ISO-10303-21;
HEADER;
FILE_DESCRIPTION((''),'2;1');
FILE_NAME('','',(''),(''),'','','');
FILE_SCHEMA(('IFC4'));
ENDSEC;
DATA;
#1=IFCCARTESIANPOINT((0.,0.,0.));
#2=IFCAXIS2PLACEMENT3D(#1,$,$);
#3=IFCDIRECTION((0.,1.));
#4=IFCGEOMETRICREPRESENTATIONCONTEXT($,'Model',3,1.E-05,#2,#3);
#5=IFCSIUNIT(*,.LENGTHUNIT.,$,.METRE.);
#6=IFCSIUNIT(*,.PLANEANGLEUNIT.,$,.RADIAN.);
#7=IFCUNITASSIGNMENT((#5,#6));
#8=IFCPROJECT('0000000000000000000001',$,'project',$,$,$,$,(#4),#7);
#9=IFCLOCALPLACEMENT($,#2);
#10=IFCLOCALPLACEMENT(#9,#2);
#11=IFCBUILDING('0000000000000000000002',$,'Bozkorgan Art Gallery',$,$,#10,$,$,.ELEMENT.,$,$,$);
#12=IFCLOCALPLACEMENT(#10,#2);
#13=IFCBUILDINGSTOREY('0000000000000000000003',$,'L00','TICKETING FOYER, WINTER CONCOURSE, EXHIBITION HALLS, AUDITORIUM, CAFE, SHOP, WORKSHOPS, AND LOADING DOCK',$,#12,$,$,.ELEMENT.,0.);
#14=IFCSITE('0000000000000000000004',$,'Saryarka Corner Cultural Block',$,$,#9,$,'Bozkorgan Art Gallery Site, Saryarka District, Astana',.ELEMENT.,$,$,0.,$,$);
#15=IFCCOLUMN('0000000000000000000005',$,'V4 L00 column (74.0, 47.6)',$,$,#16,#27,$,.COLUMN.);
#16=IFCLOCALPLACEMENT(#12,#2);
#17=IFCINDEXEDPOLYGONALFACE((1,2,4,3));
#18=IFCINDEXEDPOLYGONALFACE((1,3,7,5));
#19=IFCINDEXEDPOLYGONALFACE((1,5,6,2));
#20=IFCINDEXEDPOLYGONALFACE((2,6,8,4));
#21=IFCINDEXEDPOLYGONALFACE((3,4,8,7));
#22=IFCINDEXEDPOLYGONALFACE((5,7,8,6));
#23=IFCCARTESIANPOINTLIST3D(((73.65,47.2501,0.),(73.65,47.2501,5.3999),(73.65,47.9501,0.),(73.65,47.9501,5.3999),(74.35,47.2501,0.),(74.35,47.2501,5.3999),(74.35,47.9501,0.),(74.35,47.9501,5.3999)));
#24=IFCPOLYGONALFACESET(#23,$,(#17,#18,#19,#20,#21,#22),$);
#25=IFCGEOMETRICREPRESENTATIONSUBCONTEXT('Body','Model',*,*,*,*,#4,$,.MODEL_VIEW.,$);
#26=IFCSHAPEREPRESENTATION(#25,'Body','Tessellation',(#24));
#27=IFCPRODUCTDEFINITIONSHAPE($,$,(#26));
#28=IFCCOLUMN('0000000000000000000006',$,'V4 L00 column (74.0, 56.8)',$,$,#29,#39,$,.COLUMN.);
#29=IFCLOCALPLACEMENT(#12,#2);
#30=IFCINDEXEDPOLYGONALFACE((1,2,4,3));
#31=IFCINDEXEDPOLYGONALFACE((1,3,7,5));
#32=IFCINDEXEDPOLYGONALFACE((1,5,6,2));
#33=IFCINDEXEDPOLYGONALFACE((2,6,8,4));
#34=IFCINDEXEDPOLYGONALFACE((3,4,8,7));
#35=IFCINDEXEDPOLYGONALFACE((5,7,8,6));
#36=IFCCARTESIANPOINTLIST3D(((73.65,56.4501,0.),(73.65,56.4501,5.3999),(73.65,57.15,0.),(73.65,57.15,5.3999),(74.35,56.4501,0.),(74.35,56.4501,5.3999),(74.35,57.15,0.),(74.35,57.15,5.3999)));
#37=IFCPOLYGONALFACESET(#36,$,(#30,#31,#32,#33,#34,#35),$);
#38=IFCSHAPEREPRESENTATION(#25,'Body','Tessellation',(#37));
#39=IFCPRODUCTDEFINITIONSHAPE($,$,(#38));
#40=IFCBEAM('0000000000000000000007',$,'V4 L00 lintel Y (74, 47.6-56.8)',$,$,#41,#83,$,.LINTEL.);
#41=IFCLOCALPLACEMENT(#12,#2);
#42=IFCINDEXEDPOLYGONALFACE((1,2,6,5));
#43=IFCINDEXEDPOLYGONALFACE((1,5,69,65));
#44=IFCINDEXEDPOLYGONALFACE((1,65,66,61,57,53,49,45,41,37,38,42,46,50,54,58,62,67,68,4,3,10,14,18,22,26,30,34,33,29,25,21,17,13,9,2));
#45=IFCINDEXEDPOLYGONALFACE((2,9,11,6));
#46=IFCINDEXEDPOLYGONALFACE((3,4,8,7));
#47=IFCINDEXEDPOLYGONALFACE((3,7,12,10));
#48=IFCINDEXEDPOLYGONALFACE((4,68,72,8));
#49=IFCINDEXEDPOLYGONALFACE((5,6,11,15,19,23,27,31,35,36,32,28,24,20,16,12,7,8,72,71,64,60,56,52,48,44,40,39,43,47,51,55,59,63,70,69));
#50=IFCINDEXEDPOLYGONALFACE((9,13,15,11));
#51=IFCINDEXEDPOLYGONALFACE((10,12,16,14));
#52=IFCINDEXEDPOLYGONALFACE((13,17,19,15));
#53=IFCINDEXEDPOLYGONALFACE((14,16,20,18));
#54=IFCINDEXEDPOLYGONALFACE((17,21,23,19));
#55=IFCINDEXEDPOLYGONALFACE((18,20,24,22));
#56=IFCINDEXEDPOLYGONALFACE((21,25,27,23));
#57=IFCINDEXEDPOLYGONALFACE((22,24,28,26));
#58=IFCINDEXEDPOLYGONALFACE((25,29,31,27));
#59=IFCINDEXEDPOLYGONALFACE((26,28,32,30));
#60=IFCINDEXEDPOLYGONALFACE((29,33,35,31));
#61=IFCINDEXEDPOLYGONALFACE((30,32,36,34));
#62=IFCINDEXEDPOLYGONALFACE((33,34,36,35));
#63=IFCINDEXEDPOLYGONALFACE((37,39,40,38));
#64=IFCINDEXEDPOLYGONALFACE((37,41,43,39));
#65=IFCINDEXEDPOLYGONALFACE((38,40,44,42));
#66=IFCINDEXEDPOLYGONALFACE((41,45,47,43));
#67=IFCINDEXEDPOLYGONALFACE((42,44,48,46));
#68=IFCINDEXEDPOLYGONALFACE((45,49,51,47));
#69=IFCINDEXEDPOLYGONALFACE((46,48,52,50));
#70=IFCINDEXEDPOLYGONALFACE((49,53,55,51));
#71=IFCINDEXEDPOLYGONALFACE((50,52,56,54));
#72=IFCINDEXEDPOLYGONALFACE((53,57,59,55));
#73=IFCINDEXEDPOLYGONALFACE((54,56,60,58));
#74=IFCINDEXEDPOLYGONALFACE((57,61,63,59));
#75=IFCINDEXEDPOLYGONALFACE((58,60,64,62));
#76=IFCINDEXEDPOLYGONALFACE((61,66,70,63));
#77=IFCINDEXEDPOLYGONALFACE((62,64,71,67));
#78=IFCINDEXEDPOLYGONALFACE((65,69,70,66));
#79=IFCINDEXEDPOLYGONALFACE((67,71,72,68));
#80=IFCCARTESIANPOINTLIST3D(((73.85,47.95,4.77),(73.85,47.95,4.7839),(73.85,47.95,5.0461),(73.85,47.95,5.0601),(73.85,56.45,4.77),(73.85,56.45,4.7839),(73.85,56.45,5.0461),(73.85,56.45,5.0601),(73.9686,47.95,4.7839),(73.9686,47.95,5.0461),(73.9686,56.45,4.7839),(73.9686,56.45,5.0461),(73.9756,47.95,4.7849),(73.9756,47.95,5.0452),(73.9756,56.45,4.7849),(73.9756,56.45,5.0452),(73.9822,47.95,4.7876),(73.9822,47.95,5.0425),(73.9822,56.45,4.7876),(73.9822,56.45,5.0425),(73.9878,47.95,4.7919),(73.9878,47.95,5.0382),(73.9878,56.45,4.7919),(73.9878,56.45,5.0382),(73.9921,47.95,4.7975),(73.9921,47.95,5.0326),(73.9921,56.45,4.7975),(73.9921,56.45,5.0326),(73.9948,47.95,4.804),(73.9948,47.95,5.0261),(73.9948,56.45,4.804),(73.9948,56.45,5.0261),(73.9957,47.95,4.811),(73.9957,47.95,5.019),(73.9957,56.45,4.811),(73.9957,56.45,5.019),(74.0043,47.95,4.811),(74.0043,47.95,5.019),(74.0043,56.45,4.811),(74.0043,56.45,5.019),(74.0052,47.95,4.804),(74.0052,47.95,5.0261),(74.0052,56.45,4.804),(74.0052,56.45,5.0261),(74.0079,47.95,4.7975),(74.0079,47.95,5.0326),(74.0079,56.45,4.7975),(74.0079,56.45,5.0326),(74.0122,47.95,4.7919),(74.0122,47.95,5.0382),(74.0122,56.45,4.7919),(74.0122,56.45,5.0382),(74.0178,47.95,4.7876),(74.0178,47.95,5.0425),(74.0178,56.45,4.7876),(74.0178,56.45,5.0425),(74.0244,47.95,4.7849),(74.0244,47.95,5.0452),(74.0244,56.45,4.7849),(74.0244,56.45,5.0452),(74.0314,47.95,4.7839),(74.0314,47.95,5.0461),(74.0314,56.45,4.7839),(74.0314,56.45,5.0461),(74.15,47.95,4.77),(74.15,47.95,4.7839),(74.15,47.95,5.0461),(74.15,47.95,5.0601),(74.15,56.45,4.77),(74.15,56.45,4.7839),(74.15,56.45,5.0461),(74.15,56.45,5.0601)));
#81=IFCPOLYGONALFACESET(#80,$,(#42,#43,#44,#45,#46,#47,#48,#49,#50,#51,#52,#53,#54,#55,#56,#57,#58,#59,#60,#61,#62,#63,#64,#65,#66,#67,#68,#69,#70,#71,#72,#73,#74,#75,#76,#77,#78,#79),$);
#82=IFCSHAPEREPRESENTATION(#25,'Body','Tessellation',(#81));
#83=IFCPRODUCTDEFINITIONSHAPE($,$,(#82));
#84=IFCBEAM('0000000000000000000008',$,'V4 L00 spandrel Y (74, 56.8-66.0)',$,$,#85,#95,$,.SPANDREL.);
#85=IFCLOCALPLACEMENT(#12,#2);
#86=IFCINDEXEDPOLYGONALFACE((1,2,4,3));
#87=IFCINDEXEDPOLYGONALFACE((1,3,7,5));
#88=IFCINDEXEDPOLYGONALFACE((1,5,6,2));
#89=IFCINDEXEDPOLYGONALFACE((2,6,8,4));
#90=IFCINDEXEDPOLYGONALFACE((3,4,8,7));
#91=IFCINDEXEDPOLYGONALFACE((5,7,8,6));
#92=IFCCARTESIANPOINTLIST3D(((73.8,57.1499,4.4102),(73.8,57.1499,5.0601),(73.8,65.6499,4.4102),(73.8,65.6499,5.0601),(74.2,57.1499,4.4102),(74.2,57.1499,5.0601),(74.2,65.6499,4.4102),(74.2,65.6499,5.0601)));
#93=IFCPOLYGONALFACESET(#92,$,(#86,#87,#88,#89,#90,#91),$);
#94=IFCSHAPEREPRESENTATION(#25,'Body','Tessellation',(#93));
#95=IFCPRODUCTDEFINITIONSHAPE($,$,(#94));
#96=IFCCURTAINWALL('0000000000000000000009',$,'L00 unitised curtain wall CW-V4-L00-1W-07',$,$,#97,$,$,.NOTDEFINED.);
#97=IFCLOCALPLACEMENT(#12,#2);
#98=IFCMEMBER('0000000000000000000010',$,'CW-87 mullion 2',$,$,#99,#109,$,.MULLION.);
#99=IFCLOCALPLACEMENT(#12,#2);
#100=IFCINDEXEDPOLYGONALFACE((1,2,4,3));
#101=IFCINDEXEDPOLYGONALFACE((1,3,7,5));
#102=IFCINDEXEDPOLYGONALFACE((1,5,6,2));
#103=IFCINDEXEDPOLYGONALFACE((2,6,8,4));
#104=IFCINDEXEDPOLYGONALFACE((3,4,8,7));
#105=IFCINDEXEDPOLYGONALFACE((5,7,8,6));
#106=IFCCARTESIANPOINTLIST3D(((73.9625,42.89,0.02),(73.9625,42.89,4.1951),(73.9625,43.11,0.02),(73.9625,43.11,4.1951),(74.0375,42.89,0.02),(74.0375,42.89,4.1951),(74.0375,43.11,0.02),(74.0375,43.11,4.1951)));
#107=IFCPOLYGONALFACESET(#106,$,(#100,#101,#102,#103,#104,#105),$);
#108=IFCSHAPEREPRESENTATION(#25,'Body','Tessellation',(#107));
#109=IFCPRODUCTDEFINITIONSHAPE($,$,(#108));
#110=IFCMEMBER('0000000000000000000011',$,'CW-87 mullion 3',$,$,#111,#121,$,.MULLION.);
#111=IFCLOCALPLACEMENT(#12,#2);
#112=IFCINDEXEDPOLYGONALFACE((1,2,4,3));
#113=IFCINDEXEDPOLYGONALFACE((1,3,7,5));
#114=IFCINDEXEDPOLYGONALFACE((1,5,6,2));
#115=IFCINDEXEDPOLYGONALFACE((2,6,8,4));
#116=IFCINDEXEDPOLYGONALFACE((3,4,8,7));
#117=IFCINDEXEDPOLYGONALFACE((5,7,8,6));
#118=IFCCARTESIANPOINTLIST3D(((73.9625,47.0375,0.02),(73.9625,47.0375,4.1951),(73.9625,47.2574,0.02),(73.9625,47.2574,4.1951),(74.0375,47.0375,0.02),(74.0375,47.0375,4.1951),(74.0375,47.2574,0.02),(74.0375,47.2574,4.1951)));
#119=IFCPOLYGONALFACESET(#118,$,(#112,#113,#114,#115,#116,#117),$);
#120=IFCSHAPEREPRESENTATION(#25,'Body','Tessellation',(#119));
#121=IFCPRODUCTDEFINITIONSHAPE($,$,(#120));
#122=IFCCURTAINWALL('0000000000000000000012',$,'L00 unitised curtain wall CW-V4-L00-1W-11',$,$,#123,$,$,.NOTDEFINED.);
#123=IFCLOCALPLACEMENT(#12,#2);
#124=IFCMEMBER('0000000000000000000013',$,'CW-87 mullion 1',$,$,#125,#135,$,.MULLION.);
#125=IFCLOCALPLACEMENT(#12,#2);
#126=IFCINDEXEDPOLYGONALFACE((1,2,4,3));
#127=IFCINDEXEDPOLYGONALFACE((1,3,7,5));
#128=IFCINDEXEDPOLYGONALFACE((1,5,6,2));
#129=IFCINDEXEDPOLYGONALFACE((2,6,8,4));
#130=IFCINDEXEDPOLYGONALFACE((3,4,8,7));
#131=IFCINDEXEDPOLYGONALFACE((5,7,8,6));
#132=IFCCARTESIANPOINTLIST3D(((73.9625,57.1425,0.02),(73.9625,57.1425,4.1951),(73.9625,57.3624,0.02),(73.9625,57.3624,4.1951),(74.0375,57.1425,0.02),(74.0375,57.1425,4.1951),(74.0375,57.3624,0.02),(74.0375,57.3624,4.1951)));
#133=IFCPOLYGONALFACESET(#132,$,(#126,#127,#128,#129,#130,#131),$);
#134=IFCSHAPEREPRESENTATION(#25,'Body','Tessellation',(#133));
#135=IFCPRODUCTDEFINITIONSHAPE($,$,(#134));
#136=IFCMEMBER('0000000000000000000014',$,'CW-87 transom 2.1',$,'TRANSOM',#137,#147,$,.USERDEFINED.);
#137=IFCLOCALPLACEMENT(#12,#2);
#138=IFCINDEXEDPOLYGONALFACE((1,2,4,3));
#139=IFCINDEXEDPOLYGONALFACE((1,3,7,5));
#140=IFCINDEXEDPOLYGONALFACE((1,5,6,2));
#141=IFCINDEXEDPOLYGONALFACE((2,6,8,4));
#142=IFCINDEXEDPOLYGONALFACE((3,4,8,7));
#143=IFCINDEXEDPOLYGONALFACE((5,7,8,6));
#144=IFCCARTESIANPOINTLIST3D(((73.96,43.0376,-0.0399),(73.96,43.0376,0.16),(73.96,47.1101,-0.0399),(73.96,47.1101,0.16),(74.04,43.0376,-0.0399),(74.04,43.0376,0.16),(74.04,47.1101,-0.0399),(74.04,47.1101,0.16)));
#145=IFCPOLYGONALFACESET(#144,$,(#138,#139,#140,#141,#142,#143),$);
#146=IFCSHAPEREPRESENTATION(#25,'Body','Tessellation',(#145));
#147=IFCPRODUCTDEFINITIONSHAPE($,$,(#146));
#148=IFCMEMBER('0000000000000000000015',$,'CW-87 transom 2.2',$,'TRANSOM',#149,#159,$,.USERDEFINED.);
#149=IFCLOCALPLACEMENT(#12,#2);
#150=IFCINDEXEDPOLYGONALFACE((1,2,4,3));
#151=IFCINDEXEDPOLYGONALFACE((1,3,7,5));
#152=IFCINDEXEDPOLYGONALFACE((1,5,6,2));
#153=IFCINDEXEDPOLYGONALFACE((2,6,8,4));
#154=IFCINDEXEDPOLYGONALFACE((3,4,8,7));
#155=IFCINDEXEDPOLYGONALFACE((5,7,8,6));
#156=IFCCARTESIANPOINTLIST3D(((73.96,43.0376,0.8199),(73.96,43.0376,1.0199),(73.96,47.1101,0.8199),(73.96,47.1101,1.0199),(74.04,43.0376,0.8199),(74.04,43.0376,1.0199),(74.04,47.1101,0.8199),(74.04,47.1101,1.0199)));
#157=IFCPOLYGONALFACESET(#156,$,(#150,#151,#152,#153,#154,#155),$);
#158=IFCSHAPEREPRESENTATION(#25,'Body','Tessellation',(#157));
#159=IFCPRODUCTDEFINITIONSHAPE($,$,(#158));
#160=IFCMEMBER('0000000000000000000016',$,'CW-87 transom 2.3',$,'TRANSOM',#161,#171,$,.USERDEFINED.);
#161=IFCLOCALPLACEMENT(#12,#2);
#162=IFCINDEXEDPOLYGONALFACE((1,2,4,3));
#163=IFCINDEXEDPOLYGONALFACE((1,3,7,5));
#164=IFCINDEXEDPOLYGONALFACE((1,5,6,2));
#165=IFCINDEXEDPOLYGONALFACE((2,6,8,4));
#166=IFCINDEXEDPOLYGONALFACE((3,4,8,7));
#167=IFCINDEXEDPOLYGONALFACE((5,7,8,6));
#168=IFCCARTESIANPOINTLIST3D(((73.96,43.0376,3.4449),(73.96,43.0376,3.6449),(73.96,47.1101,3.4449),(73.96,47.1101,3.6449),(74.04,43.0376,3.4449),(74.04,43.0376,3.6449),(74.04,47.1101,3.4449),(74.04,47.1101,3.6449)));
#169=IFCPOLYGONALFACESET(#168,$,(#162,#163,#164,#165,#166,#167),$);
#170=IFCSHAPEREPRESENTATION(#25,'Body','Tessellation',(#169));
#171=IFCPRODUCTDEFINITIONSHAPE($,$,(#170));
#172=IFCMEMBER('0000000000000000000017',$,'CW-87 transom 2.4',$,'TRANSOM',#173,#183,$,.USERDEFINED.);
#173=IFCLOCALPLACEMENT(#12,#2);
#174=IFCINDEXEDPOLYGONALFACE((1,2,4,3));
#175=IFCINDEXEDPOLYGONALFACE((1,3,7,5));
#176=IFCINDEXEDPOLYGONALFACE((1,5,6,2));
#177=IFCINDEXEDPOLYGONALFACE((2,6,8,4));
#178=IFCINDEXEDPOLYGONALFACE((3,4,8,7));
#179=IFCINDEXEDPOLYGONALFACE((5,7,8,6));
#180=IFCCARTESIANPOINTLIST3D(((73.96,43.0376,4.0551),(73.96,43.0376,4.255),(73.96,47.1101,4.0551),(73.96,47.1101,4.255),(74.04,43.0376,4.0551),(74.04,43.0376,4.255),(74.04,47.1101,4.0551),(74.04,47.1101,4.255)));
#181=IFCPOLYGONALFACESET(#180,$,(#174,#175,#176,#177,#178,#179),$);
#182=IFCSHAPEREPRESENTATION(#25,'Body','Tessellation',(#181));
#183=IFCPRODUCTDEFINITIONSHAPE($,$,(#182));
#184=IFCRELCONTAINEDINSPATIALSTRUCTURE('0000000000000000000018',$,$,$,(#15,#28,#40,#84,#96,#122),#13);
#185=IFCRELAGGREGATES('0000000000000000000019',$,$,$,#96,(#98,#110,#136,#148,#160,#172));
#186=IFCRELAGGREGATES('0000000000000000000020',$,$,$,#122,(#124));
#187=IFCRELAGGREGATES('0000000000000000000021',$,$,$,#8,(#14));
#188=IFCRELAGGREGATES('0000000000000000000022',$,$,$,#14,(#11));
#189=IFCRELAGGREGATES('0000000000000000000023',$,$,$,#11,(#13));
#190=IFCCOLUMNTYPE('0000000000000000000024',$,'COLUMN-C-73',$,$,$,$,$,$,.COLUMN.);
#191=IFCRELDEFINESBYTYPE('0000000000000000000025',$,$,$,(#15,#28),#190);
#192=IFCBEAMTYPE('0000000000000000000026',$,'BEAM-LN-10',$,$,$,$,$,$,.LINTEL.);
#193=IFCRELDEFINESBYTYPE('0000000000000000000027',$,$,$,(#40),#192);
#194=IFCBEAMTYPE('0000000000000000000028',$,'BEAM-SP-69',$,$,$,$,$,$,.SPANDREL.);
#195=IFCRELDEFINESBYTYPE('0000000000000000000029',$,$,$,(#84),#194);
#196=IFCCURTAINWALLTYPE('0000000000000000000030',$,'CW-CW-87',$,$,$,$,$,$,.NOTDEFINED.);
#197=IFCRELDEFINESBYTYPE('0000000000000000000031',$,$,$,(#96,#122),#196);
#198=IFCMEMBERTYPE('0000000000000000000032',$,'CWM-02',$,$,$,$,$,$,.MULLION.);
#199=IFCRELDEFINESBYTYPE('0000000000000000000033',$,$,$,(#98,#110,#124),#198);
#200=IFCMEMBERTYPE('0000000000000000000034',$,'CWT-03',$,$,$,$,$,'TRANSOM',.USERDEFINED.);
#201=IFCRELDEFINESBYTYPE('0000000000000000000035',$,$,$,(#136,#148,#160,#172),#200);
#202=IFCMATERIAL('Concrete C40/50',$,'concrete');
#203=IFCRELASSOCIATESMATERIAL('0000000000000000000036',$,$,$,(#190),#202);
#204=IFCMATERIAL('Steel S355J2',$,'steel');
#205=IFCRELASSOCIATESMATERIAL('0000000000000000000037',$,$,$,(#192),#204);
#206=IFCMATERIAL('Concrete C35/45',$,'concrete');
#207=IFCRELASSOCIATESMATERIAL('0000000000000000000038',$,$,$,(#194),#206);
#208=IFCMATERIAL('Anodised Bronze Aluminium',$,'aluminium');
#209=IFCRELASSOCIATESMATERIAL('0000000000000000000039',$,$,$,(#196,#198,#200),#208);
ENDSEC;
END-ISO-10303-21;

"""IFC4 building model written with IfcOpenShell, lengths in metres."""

from ifc_helpers import new_model, si_unit, direction, frame, origin, origin_2d, place, context, subcontext, project, spatial, rectangle, i_section, extrude, material, material_profile, profile_set, type_object, element, aggregate, save


model = new_model("IFC4")

# Units and contexts
model_context = context("Model", 3, precision=1e-05, world=origin(), true_north=direction((0.0, 1.0)))
body_context = subcontext(model_context, "Body", "Model", "MODEL_VIEW")
ifc_project = project(units=[si_unit("LENGTHUNIT", "METRE"), si_unit("PLANEANGLEUNIT", "RADIAN")], contexts=[model_context])

# Site, building, storey
site_placement = place(None, origin())
site = spatial("IfcSite", under=ifc_project, at=site_placement, Name="Saryarka Corner Cultural Block", LongName="Bozkorgan Art Gallery Site, Saryarka District, Astana", CompositionType="ELEMENT", RefElevation=0.0)
building_placement = place(site_placement, origin())
building = spatial("IfcBuilding", under=site, at=building_placement, Name="Bozkorgan Art Gallery", CompositionType="ELEMENT")
storey_placement = place(building_placement, origin())
storey = spatial("IfcBuildingStorey", under=building, at=storey_placement, Name="L00", Description="TICKETING FOYER, WINTER CONCOURSE, EXHIBITION HALLS, AUDITORIUM, CAFE, SHOP, WORKSHOPS, AND LOADING DOCK", CompositionType="ELEMENT", Elevation=0.0)

# Columns
ifc_material_1 = material(Name="Concrete C40/50", Category="concrete")
ifc_material_profile_1 = material_profile(ifc_material_1, rectangle(XDim=0.7, YDim=0.7, at=origin_2d()), Name="RC 700x700")
ifc_profile_set_1 = profile_set([ifc_material_profile_1], Name="Concrete C40/50")
column_type = type_object("IfcColumnType", Name="COLUMN-C-73", PredefinedType="COLUMN", material=ifc_profile_set_1)
for number, where, z_axis, x_axis, name in (
    (1, (74.0, 47.6001, 0.0), (0.0, 0.0, 1.0), (1.0, 0.0, 0.0), "V4 L00 column (74.0, 47.6)"),
    (2, (74.0, 56.8, 0.0), (0.0, 0.0, 1.0), (1.0, 0.0, 0.0), "V4 L00 column (74.0, 56.8)"),
):
    element("IfcColumn", number, at=place(storey_placement, frame(where, z_axis=z_axis, x_axis=x_axis)), inside=storey, type_object=column_type, Name=name, PredefinedType="COLUMN", context=body_context, shape_type="SweptSolid", body=[
        extrude(rectangle(XDim=0.7, YDim=0.7, at=origin_2d()), origin(), (0.0, 0.0, 1.0), 5.3999),
    ])

# Beams
ifc_material_2 = material(Name="Steel S355J2", Category="steel")
ifc_material_profile_2 = material_profile(ifc_material_2, i_section(OverallWidth=0.3, OverallDepth=0.29, WebThickness=0.0085, FlangeThickness=0.0139, FilletRadius=0.0271, at=origin_2d()), Name="HEA 300")
ifc_profile_set_2 = profile_set([ifc_material_profile_2], Name="Steel S355J2")
beam_type_1 = type_object("IfcBeamType", Name="BEAM-LN-10", PredefinedType="LINTEL", material=ifc_profile_set_2)
beam_1_placement = place(storey_placement, frame((74.0, 47.95, 4.915), z_axis=(0.0, 1.0, 0.0), x_axis=(-1.0, 0.0, 0.0)))
element("IfcBeam", 3, at=beam_1_placement, inside=storey, type_object=beam_type_1, Name="V4 L00 lintel Y (74, 47.6-56.8)", PredefinedType="LINTEL", context=body_context, shape_type="SweptSolid", body=[
    extrude(i_section(OverallWidth=0.3, OverallDepth=0.29, WebThickness=0.0085, FlangeThickness=0.0139, FilletRadius=0.0271, at=origin_2d()), origin(), (0.0, 0.0, 1.0), 8.5),
])
ifc_material_3 = material(Name="Concrete C35/45", Category="concrete")
ifc_material_profile_3 = material_profile(ifc_material_3, rectangle(XDim=0.3999, YDim=0.6499, at=origin_2d()), Name="RC 400x650")
ifc_profile_set_3 = profile_set([ifc_material_profile_3], Name="Concrete C35/45")
beam_type_2 = type_object("IfcBeamType", Name="BEAM-SP-69", PredefinedType="SPANDREL", material=ifc_profile_set_3)
beam_2_placement = place(storey_placement, frame((74.0, 57.1499, 4.7351), z_axis=(0.0, 1.0, 0.0), x_axis=(-1.0, 0.0, 0.0)))
element("IfcBeam", 4, at=beam_2_placement, inside=storey, type_object=beam_type_2, Name="V4 L00 spandrel Y (74, 56.8-66.0)", PredefinedType="SPANDREL", context=body_context, shape_type="SweptSolid", body=[
    extrude(rectangle(XDim=0.3999, YDim=0.6499, at=origin_2d()), origin(), (0.0, 0.0, 1.0), 8.5),
])

# Curtain wall, members
ifc_material_4 = material(Name="Anodised Bronze Aluminium", Category="aluminium")
curtain_wall_type = type_object("IfcCurtainWallType", Name="CW-CW-87", PredefinedType="NOTDEFINED", material=ifc_material_4)
curtain_wall_1_placement = place(storey_placement, origin())
curtain_wall_1 = element("IfcCurtainWall", 5, at=curtain_wall_1_placement, inside=storey, type_object=curtain_wall_type, Name="L00 unitised curtain wall CW-V4-L00-1W-07", PredefinedType="NOTDEFINED")
ifc_material_profile_4 = material_profile(ifc_material_4, rectangle(XDim=0.075, YDim=0.22, at=origin_2d()), Name="ALU MULLION 75x220")
ifc_profile_set_4 = profile_set([ifc_material_profile_4], Name="Anodised Bronze Aluminium")
member_type_1 = type_object("IfcMemberType", Name="CWM-02", PredefinedType="MULLION", material=ifc_profile_set_4)
member_1_placement = place(storey_placement, frame((74.0, 43.0, 0.02), z_axis=(0.0, 0.0, 1.0), x_axis=(-1.0, 0.0, 0.0)))
member_1 = element("IfcMember", 6, at=member_1_placement, type_object=member_type_1, Name="CW-87 mullion 2", PredefinedType="MULLION", context=body_context, shape_type="SweptSolid", body=[
    extrude(rectangle(XDim=0.075, YDim=0.22, at=origin_2d()), origin(), (0.0, 0.0, 1.0), 4.175),
])
member_2_placement = place(storey_placement, frame((74.0, 47.1475, 0.02), z_axis=(0.0, 0.0, 1.0), x_axis=(-1.0, 0.0, 0.0)))
member_2 = element("IfcMember", 7, at=member_2_placement, type_object=member_type_1, Name="CW-87 mullion 3", PredefinedType="MULLION", context=body_context, shape_type="SweptSolid", body=[
    extrude(rectangle(XDim=0.075, YDim=0.22, at=origin_2d()), origin(), (0.0, 0.0, 1.0), 4.175),
])

# Curtain wall, member
curtain_wall_2_placement = place(storey_placement, origin())
curtain_wall_2 = element("IfcCurtainWall", 8, at=curtain_wall_2_placement, inside=storey, type_object=curtain_wall_type, Name="L00 unitised curtain wall CW-V4-L00-1W-11", PredefinedType="NOTDEFINED")
member_3_placement = place(storey_placement, frame((74.0, 57.2524, 0.02), z_axis=(0.0, 0.0, 1.0), x_axis=(-1.0, 0.0, 0.0)))
member_3 = element("IfcMember", 9, at=member_3_placement, type_object=member_type_1, Name="CW-87 mullion 1", PredefinedType="MULLION", context=body_context, shape_type="SweptSolid", body=[
    extrude(rectangle(XDim=0.075, YDim=0.22, at=origin_2d()), origin(), (0.0, 0.0, 1.0), 4.175),
])

# Members
ifc_material_profile_5 = material_profile(ifc_material_4, rectangle(XDim=0.0801, YDim=0.2, at=origin_2d()), Name="ALU TRANSOM 80x200")
ifc_profile_set_5 = profile_set([ifc_material_profile_5], Name="Anodised Bronze Aluminium")
member_type_2 = type_object("IfcMemberType", Name="CWT-03", ElementType="TRANSOM", PredefinedType="USERDEFINED", material=ifc_profile_set_5)
member_4_placement = place(storey_placement, frame((74.0, 43.0376, 0.0601), z_axis=(0.0, 1.0, 0.0), x_axis=(-1.0, 0.0, 0.0)))
member_4 = element("IfcMember", 10, at=member_4_placement, type_object=member_type_2, Name="CW-87 transom 2.1", ObjectType="TRANSOM", PredefinedType="USERDEFINED", context=body_context, shape_type="SweptSolid", body=[
    extrude(rectangle(XDim=0.0801, YDim=0.2, at=origin_2d()), origin(), (0.0, 0.0, 1.0), 4.0725),
])
member_5_placement = place(storey_placement, frame((74.0, 43.0376, 0.9199), z_axis=(0.0, 1.0, 0.0), x_axis=(-1.0, 0.0, 0.0)))
member_5 = element("IfcMember", 11, at=member_5_placement, type_object=member_type_2, Name="CW-87 transom 2.2", ObjectType="TRANSOM", PredefinedType="USERDEFINED", context=body_context, shape_type="SweptSolid", body=[
    extrude(rectangle(XDim=0.0801, YDim=0.2, at=origin_2d()), origin(), (0.0, 0.0, 1.0), 4.0725),
])
member_6_placement = place(storey_placement, frame((74.0, 43.0376, 3.5449), z_axis=(0.0, 1.0, 0.0), x_axis=(-1.0, 0.0, 0.0)))
member_6 = element("IfcMember", 12, at=member_6_placement, type_object=member_type_2, Name="CW-87 transom 2.3", ObjectType="TRANSOM", PredefinedType="USERDEFINED", context=body_context, shape_type="SweptSolid", body=[
    extrude(rectangle(XDim=0.0801, YDim=0.2, at=origin_2d()), origin(), (0.0, 0.0, 1.0), 4.0725),
])
member_7_placement = place(storey_placement, frame((74.0, 43.0376, 4.155), z_axis=(0.0, 1.0, 0.0), x_axis=(-1.0, 0.0, 0.0)))
member_7 = element("IfcMember", 13, at=member_7_placement, type_object=member_type_2, Name="CW-87 transom 2.4", ObjectType="TRANSOM", PredefinedType="USERDEFINED", context=body_context, shape_type="SweptSolid", body=[
    extrude(rectangle(XDim=0.0801, YDim=0.2, at=origin_2d()), origin(), (0.0, 0.0, 1.0), 4.0725),
])

aggregate(curtain_wall_1, [member_1, member_2, member_4, member_5, member_6, member_7])
aggregate(curtain_wall_2, [member_3])

save(model, "model.ifc")
